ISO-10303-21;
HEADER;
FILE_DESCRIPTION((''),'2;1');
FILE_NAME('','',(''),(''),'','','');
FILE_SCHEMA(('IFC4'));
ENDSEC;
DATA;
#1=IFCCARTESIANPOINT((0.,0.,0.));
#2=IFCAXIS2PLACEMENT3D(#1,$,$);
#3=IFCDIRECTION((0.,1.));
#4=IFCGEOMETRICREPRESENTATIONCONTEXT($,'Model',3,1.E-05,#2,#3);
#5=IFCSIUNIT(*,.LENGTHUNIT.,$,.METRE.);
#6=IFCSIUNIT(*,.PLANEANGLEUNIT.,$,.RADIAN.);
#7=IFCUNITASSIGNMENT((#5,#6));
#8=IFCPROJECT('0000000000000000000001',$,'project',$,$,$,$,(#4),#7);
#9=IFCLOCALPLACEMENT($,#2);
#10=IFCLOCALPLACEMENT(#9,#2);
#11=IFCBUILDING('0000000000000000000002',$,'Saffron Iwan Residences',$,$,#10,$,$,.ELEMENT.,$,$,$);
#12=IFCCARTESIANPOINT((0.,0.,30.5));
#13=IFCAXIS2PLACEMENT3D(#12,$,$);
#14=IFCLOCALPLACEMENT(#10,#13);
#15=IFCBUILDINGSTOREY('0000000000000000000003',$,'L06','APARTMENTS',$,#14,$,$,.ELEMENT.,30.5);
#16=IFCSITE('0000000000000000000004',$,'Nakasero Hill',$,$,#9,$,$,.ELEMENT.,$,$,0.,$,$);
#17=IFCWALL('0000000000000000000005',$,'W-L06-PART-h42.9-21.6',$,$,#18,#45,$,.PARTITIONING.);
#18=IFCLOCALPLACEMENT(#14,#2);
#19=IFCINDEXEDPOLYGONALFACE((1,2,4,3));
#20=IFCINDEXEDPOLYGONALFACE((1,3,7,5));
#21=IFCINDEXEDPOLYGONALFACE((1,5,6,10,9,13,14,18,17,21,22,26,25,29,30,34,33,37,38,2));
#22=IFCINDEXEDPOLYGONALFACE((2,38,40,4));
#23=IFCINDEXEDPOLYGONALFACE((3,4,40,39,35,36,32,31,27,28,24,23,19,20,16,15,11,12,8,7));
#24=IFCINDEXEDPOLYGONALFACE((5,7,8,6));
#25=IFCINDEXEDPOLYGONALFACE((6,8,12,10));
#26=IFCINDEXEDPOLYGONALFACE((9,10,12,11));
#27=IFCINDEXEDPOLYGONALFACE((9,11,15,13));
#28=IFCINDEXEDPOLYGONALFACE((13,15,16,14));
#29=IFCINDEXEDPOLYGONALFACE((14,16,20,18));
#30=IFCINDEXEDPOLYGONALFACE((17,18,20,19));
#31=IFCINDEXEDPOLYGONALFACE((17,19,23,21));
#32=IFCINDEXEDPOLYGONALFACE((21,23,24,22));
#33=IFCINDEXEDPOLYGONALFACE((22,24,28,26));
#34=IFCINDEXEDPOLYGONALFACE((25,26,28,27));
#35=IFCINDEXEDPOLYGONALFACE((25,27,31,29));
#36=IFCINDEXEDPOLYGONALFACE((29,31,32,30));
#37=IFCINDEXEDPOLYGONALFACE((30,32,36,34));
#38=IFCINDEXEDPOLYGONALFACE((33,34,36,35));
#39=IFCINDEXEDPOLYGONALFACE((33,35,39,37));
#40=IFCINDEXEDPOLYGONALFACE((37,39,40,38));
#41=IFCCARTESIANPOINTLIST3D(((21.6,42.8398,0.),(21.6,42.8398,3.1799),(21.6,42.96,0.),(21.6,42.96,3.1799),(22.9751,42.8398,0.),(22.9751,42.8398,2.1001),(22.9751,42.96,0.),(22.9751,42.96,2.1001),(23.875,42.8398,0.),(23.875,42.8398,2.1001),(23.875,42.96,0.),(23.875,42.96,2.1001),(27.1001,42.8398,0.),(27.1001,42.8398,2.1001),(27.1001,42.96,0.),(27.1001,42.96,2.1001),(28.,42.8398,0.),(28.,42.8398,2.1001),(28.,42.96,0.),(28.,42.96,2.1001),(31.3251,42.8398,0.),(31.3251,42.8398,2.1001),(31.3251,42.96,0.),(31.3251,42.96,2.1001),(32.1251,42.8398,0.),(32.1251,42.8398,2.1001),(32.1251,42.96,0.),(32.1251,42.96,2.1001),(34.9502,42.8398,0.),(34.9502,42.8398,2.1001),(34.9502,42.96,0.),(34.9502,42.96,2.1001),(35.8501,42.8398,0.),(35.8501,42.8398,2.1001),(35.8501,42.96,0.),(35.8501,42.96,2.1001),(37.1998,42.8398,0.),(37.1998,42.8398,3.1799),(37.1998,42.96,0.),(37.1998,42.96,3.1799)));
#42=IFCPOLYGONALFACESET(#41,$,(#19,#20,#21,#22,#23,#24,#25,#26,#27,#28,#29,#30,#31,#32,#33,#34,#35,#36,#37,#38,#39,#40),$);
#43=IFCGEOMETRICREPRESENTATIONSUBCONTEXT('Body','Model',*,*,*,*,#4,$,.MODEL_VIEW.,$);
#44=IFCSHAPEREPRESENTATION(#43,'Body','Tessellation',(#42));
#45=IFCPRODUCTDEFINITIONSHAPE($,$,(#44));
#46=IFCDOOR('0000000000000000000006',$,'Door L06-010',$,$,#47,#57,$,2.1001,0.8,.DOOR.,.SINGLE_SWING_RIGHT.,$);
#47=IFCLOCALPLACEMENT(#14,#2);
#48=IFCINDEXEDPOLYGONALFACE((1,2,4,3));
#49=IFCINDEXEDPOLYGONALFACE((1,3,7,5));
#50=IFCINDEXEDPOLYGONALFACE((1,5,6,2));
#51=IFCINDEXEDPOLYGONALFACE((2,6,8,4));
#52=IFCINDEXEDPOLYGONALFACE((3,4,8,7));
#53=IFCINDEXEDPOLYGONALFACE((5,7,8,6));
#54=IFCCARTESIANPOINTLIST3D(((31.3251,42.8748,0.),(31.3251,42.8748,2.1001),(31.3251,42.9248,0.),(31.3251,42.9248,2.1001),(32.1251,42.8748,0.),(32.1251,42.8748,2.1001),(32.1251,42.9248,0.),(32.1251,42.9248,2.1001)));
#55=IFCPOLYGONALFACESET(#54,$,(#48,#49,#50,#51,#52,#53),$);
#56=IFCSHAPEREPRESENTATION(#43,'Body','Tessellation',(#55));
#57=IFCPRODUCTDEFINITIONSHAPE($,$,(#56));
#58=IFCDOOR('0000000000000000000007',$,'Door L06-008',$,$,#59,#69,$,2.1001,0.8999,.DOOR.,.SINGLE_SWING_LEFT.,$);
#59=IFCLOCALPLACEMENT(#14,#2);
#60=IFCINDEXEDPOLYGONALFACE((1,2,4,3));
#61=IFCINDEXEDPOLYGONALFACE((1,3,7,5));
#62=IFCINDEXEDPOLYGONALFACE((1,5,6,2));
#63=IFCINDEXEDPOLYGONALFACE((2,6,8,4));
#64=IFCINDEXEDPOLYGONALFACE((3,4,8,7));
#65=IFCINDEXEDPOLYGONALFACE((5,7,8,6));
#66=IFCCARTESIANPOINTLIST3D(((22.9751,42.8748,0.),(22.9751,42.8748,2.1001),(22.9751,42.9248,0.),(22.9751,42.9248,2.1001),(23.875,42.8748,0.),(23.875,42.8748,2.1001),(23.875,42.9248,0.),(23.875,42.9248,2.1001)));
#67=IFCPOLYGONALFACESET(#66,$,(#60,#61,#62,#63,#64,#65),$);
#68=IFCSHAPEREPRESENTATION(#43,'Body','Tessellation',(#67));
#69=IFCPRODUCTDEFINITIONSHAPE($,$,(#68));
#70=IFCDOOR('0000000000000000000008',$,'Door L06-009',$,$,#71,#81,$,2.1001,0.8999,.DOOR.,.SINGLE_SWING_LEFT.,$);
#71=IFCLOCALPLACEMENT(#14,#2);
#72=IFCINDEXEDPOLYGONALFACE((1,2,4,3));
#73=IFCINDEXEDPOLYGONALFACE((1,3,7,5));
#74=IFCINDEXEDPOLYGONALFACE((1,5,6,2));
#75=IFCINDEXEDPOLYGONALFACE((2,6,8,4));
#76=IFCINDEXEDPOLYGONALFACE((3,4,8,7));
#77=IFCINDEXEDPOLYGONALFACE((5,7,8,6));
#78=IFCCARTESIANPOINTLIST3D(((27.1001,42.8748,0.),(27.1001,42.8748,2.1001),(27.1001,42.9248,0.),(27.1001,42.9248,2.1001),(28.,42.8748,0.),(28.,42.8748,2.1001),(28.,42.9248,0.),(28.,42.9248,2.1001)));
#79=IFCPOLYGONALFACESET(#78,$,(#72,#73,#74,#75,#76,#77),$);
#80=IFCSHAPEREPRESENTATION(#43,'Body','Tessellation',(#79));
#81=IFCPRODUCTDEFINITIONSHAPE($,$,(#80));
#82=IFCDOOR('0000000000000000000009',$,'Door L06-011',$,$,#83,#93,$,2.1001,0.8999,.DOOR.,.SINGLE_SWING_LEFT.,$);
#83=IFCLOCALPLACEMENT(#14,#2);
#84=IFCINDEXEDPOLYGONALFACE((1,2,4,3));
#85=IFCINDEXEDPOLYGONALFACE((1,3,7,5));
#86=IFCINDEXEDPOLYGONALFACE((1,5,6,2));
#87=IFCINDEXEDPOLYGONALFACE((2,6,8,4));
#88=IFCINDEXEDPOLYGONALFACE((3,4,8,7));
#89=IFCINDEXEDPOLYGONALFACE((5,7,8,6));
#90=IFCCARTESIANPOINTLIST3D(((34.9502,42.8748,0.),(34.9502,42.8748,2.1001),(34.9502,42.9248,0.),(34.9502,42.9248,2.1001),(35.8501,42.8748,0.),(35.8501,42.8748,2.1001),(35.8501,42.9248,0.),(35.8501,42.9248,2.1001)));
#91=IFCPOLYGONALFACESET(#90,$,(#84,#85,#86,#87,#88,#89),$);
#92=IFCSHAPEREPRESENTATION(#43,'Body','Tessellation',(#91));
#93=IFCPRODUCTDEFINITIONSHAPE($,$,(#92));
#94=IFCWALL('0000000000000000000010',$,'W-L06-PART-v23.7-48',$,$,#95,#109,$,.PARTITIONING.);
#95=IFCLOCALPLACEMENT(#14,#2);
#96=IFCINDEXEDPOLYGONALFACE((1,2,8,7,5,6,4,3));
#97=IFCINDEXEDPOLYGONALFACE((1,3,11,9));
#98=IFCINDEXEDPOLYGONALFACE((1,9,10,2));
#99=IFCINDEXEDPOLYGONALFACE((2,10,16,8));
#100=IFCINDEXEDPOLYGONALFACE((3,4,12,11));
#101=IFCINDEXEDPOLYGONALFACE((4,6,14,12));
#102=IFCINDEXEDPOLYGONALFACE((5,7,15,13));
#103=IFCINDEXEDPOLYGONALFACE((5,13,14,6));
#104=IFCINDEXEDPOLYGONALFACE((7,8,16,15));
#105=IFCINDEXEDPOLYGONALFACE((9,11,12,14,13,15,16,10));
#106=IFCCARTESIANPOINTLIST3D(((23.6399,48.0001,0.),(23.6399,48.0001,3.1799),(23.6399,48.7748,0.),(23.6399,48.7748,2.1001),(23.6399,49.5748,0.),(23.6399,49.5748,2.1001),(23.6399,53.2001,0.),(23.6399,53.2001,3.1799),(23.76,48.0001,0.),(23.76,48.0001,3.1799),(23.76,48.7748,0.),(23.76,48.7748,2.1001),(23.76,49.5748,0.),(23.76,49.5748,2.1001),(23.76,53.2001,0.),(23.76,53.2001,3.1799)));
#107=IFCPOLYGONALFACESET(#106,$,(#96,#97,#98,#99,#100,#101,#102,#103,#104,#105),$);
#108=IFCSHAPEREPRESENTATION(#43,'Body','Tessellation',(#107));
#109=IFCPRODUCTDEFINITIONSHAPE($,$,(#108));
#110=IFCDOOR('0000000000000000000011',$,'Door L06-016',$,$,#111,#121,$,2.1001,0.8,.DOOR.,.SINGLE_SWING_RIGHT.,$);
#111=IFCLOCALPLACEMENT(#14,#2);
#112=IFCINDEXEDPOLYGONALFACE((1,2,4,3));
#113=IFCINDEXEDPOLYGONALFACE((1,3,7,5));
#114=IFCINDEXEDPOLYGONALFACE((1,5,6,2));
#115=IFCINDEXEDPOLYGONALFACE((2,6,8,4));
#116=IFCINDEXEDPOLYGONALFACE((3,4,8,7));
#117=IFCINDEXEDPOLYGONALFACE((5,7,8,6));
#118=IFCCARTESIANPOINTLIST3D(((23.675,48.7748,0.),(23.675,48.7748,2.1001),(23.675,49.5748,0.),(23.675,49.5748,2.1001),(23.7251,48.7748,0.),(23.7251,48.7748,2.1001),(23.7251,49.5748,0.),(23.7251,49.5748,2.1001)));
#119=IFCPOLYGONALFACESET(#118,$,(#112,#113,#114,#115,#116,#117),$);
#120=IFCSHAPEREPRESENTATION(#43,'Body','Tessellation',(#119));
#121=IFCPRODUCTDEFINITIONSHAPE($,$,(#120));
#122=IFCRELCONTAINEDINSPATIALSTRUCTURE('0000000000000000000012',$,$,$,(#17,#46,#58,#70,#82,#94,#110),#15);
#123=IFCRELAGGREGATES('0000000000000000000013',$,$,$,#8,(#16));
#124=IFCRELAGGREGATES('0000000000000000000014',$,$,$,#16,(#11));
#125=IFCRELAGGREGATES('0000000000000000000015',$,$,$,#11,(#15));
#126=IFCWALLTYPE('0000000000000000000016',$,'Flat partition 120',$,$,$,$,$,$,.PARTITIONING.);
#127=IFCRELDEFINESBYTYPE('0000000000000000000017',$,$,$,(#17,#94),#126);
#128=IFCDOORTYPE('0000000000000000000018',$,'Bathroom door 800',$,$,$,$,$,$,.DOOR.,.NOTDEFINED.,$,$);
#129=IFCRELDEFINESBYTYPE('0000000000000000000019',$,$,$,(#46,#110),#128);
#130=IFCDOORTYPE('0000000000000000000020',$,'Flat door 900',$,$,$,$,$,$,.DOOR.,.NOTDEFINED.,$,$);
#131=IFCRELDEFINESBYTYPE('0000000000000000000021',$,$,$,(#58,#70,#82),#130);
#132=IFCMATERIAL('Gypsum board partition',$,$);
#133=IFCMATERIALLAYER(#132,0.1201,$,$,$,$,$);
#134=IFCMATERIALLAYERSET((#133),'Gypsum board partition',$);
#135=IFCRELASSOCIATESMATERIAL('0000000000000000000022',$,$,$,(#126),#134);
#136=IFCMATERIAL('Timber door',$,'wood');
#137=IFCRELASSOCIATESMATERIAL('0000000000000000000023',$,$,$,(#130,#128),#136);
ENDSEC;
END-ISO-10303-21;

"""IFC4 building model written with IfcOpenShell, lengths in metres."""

from ifc_helpers import new_model, si_unit, direction, frame, frame_2d, origin, place, context, subcontext, project, spatial, rectangle, extrude, material, layer, layer_set, type_object, element, fill, save


model = new_model("IFC4")

# Units and contexts
model_context = context("Model", 3, precision=1e-05, world=origin(), true_north=direction((0.0, 1.0)))
body_context = subcontext(model_context, "Body", "Model", "MODEL_VIEW")
ifc_project = project(units=[si_unit("LENGTHUNIT", "METRE"), si_unit("PLANEANGLEUNIT", "RADIAN")], contexts=[model_context])

# Site, building, storey
site_placement = place(None, origin())
site = spatial("IfcSite", under=ifc_project, at=site_placement, Name="Nakasero Hill", CompositionType="ELEMENT", RefElevation=0.0)
building_placement = place(site_placement, origin())
building = spatial("IfcBuilding", under=site, at=building_placement, Name="Saffron Iwan Residences", CompositionType="ELEMENT")
storey_placement = place(building_placement, frame((0.0, 0.0, 30.5)))
storey = spatial("IfcBuildingStorey", under=building, at=storey_placement, Name="L06", Description="APARTMENTS", CompositionType="ELEMENT", Elevation=30.5)

# Wall, openings, doors
ifc_material_1 = material(Name="Gypsum board partition")
ifc_layer_1 = layer(ifc_material_1, 0.1201)
ifc_layer_set_1 = layer_set([ifc_layer_1], Name="Gypsum board partition")
wall_type_1 = type_object("IfcWallType", Name="Flat partition 120", PredefinedType="PARTITIONING", material=ifc_layer_set_1)
ifc_material_2 = material(Name="Timber door", Category="wood")
door_type_1 = type_object("IfcDoorType", Name="Flat door 900", OperationType="NOTDEFINED", PredefinedType="DOOR", material=ifc_material_2)
wall_1_placement = place(storey_placement, frame((21.6001, 42.8999, 0.0), z_axis=(0.0, 0.0, 1.0), x_axis=(1.0, 0.0, 0.0)))
wall_1 = element("IfcWall", 1, at=wall_1_placement, inside=storey, type_object=wall_type_1, Name="W-L06-PART-h42.9-21.6", PredefinedType="PARTITIONING", context=body_context, shape_type="SweptSolid", body=[
    extrude(rectangle(XDim=15.5999, YDim=0.1201, at=frame_2d((7.7998, 0.0))), origin(), (0.0, 0.0, 1.0), 3.1799),
])
opening_1_placement = place(wall_1_placement, frame((1.375, 0.0, 0.0)))
opening_1 = element("IfcOpeningElement", 2, at=opening_1_placement, cuts=wall_1, PredefinedType="OPENING", context=body_context, shape_type="SweptSolid", body=[
    extrude(rectangle(XDim=0.8999, YDim=2.1001, at=frame_2d((0.45, 1.05))), frame((0.0, 0.0701, 0.0), z_axis=(0.0, -1.0, 0.0), x_axis=(1.0, 0.0, 0.0)), (0.0, 0.0, 1.0), 0.1401),
])
opening_2_placement = place(wall_1_placement, frame((5.5, 0.0, 0.0)))
opening_2 = element("IfcOpeningElement", 3, at=opening_2_placement, cuts=wall_1, PredefinedType="OPENING", context=body_context, shape_type="SweptSolid", body=[
    extrude(rectangle(XDim=0.8999, YDim=2.1001, at=frame_2d((0.45, 1.05))), frame((0.0, 0.0701, 0.0), z_axis=(0.0, -1.0, 0.0), x_axis=(1.0, 0.0, 0.0)), (0.0, 0.0, 1.0), 0.1401),
])
opening_3_placement = place(wall_1_placement, frame((9.7251, 0.0, 0.0)))
opening_3 = element("IfcOpeningElement", 4, at=opening_3_placement, cuts=wall_1, PredefinedType="OPENING", context=body_context, shape_type="SweptSolid", body=[
    extrude(rectangle(XDim=0.8, YDim=2.1001, at=frame_2d((0.3999, 1.05))), frame((0.0, 0.0701, 0.0), z_axis=(0.0, -1.0, 0.0), x_axis=(1.0, 0.0, 0.0)), (0.0, 0.0, 1.0), 0.1401),
])
opening_4_placement = place(wall_1_placement, frame((13.3501, 0.0, 0.0)))
opening_4 = element("IfcOpeningElement", 5, at=opening_4_placement, cuts=wall_1, PredefinedType="OPENING", context=body_context, shape_type="SweptSolid", body=[
    extrude(rectangle(XDim=0.8999, YDim=2.1001, at=frame_2d((0.45, 1.05))), frame((0.0, 0.0701, 0.0), z_axis=(0.0, -1.0, 0.0), x_axis=(1.0, 0.0, 0.0)), (0.0, 0.0, 1.0), 0.1401),
])
door_type_2 = type_object("IfcDoorType", Name="Bathroom door 800", OperationType="NOTDEFINED", PredefinedType="DOOR", material=ifc_material_2)
door_1_placement = place(opening_3_placement, origin())
door_1 = element("IfcDoor", 6, at=door_1_placement, inside=storey, type_object=door_type_2, Name="Door L06-010", OperationType="SINGLE_SWING_RIGHT", OverallHeight=2.1001, OverallWidth=0.8, PredefinedType="DOOR", context=body_context, shape_type="SweptSolid", body=[
    extrude(rectangle(XDim=0.8, YDim=2.1001, at=frame_2d((0.3999, 1.05))), frame((0.0, 0.0249, 0.0), z_axis=(0.0, -1.0, 0.0), x_axis=(1.0, 0.0, 0.0)), (0.0, 0.0, 1.0), 0.05),
])
fill(opening_3, door_1)
door_2_placement = place(opening_1_placement, origin())
door_2 = element("IfcDoor", 7, at=door_2_placement, inside=storey, type_object=door_type_1, Name="Door L06-008", OperationType="SINGLE_SWING_LEFT", OverallHeight=2.1001, OverallWidth=0.8999, PredefinedType="DOOR", context=body_context, shape_type="SweptSolid", body=[
    extrude(rectangle(XDim=0.8999, YDim=2.1001, at=frame_2d((0.45, 1.05))), frame((0.0, 0.0249, 0.0), z_axis=(0.0, -1.0, 0.0), x_axis=(1.0, 0.0, 0.0)), (0.0, 0.0, 1.0), 0.05),
])
fill(opening_1, door_2)
door_3_placement = place(opening_2_placement, origin())
door_3 = element("IfcDoor", 8, at=door_3_placement, inside=storey, type_object=door_type_1, Name="Door L06-009", OperationType="SINGLE_SWING_LEFT", OverallHeight=2.1001, OverallWidth=0.8999, PredefinedType="DOOR", context=body_context, shape_type="SweptSolid", body=[
    extrude(rectangle(XDim=0.8999, YDim=2.1001, at=frame_2d((0.45, 1.05))), frame((0.0, 0.0249, 0.0), z_axis=(0.0, -1.0, 0.0), x_axis=(1.0, 0.0, 0.0)), (0.0, 0.0, 1.0), 0.05),
])
fill(opening_2, door_3)
door_4_placement = place(opening_4_placement, origin())
door_4 = element("IfcDoor", 9, at=door_4_placement, inside=storey, type_object=door_type_1, Name="Door L06-011", OperationType="SINGLE_SWING_LEFT", OverallHeight=2.1001, OverallWidth=0.8999, PredefinedType="DOOR", context=body_context, shape_type="SweptSolid", body=[
    extrude(rectangle(XDim=0.8999, YDim=2.1001, at=frame_2d((0.45, 1.05))), frame((0.0, 0.0249, 0.0), z_axis=(0.0, -1.0, 0.0), x_axis=(1.0, 0.0, 0.0)), (0.0, 0.0, 1.0), 0.05),
])
fill(opening_4, door_4)

# Wall, opening, door
wall_2_placement = place(storey_placement, frame((23.7, 48.0, 0.0), z_axis=(0.0, 0.0, 1.0), x_axis=(0.0, 1.0, 0.0)))
wall_2 = element("IfcWall", 10, at=wall_2_placement, inside=storey, type_object=wall_type_1, Name="W-L06-PART-v23.7-48", PredefinedType="PARTITIONING", context=body_context, shape_type="SweptSolid", body=[
    extrude(rectangle(XDim=5.2, YDim=0.1201, at=frame_2d((2.6001, 0.0))), origin(), (0.0, 0.0, 1.0), 3.1799),
])
opening_5_placement = place(wall_2_placement, frame((0.7749, 0.0, 0.0)))
opening_5 = element("IfcOpeningElement", 11, at=opening_5_placement, cuts=wall_2, PredefinedType="OPENING", context=body_context, shape_type="SweptSolid", body=[
    extrude(rectangle(XDim=0.8, YDim=2.1001, at=frame_2d((0.3999, 1.05))), frame((0.0, 0.0701, 0.0), z_axis=(0.0, -1.0, 0.0), x_axis=(1.0, 0.0, 0.0)), (0.0, 0.0, 1.0), 0.1401),
])
door_5_placement = place(opening_5_placement, origin())
door_5 = element("IfcDoor", 12, at=door_5_placement, inside=storey, type_object=door_type_2, Name="Door L06-016", OperationType="SINGLE_SWING_RIGHT", OverallHeight=2.1001, OverallWidth=0.8, PredefinedType="DOOR", context=body_context, shape_type="SweptSolid", body=[
    extrude(rectangle(XDim=0.8, YDim=2.1001, at=frame_2d((0.3999, 1.05))), frame((0.0, 0.0249, 0.0), z_axis=(0.0, -1.0, 0.0), x_axis=(1.0, 0.0, 0.0)), (0.0, 0.0, 1.0), 0.05),
])
fill(opening_5, door_5)

save(model, "model.ifc")
